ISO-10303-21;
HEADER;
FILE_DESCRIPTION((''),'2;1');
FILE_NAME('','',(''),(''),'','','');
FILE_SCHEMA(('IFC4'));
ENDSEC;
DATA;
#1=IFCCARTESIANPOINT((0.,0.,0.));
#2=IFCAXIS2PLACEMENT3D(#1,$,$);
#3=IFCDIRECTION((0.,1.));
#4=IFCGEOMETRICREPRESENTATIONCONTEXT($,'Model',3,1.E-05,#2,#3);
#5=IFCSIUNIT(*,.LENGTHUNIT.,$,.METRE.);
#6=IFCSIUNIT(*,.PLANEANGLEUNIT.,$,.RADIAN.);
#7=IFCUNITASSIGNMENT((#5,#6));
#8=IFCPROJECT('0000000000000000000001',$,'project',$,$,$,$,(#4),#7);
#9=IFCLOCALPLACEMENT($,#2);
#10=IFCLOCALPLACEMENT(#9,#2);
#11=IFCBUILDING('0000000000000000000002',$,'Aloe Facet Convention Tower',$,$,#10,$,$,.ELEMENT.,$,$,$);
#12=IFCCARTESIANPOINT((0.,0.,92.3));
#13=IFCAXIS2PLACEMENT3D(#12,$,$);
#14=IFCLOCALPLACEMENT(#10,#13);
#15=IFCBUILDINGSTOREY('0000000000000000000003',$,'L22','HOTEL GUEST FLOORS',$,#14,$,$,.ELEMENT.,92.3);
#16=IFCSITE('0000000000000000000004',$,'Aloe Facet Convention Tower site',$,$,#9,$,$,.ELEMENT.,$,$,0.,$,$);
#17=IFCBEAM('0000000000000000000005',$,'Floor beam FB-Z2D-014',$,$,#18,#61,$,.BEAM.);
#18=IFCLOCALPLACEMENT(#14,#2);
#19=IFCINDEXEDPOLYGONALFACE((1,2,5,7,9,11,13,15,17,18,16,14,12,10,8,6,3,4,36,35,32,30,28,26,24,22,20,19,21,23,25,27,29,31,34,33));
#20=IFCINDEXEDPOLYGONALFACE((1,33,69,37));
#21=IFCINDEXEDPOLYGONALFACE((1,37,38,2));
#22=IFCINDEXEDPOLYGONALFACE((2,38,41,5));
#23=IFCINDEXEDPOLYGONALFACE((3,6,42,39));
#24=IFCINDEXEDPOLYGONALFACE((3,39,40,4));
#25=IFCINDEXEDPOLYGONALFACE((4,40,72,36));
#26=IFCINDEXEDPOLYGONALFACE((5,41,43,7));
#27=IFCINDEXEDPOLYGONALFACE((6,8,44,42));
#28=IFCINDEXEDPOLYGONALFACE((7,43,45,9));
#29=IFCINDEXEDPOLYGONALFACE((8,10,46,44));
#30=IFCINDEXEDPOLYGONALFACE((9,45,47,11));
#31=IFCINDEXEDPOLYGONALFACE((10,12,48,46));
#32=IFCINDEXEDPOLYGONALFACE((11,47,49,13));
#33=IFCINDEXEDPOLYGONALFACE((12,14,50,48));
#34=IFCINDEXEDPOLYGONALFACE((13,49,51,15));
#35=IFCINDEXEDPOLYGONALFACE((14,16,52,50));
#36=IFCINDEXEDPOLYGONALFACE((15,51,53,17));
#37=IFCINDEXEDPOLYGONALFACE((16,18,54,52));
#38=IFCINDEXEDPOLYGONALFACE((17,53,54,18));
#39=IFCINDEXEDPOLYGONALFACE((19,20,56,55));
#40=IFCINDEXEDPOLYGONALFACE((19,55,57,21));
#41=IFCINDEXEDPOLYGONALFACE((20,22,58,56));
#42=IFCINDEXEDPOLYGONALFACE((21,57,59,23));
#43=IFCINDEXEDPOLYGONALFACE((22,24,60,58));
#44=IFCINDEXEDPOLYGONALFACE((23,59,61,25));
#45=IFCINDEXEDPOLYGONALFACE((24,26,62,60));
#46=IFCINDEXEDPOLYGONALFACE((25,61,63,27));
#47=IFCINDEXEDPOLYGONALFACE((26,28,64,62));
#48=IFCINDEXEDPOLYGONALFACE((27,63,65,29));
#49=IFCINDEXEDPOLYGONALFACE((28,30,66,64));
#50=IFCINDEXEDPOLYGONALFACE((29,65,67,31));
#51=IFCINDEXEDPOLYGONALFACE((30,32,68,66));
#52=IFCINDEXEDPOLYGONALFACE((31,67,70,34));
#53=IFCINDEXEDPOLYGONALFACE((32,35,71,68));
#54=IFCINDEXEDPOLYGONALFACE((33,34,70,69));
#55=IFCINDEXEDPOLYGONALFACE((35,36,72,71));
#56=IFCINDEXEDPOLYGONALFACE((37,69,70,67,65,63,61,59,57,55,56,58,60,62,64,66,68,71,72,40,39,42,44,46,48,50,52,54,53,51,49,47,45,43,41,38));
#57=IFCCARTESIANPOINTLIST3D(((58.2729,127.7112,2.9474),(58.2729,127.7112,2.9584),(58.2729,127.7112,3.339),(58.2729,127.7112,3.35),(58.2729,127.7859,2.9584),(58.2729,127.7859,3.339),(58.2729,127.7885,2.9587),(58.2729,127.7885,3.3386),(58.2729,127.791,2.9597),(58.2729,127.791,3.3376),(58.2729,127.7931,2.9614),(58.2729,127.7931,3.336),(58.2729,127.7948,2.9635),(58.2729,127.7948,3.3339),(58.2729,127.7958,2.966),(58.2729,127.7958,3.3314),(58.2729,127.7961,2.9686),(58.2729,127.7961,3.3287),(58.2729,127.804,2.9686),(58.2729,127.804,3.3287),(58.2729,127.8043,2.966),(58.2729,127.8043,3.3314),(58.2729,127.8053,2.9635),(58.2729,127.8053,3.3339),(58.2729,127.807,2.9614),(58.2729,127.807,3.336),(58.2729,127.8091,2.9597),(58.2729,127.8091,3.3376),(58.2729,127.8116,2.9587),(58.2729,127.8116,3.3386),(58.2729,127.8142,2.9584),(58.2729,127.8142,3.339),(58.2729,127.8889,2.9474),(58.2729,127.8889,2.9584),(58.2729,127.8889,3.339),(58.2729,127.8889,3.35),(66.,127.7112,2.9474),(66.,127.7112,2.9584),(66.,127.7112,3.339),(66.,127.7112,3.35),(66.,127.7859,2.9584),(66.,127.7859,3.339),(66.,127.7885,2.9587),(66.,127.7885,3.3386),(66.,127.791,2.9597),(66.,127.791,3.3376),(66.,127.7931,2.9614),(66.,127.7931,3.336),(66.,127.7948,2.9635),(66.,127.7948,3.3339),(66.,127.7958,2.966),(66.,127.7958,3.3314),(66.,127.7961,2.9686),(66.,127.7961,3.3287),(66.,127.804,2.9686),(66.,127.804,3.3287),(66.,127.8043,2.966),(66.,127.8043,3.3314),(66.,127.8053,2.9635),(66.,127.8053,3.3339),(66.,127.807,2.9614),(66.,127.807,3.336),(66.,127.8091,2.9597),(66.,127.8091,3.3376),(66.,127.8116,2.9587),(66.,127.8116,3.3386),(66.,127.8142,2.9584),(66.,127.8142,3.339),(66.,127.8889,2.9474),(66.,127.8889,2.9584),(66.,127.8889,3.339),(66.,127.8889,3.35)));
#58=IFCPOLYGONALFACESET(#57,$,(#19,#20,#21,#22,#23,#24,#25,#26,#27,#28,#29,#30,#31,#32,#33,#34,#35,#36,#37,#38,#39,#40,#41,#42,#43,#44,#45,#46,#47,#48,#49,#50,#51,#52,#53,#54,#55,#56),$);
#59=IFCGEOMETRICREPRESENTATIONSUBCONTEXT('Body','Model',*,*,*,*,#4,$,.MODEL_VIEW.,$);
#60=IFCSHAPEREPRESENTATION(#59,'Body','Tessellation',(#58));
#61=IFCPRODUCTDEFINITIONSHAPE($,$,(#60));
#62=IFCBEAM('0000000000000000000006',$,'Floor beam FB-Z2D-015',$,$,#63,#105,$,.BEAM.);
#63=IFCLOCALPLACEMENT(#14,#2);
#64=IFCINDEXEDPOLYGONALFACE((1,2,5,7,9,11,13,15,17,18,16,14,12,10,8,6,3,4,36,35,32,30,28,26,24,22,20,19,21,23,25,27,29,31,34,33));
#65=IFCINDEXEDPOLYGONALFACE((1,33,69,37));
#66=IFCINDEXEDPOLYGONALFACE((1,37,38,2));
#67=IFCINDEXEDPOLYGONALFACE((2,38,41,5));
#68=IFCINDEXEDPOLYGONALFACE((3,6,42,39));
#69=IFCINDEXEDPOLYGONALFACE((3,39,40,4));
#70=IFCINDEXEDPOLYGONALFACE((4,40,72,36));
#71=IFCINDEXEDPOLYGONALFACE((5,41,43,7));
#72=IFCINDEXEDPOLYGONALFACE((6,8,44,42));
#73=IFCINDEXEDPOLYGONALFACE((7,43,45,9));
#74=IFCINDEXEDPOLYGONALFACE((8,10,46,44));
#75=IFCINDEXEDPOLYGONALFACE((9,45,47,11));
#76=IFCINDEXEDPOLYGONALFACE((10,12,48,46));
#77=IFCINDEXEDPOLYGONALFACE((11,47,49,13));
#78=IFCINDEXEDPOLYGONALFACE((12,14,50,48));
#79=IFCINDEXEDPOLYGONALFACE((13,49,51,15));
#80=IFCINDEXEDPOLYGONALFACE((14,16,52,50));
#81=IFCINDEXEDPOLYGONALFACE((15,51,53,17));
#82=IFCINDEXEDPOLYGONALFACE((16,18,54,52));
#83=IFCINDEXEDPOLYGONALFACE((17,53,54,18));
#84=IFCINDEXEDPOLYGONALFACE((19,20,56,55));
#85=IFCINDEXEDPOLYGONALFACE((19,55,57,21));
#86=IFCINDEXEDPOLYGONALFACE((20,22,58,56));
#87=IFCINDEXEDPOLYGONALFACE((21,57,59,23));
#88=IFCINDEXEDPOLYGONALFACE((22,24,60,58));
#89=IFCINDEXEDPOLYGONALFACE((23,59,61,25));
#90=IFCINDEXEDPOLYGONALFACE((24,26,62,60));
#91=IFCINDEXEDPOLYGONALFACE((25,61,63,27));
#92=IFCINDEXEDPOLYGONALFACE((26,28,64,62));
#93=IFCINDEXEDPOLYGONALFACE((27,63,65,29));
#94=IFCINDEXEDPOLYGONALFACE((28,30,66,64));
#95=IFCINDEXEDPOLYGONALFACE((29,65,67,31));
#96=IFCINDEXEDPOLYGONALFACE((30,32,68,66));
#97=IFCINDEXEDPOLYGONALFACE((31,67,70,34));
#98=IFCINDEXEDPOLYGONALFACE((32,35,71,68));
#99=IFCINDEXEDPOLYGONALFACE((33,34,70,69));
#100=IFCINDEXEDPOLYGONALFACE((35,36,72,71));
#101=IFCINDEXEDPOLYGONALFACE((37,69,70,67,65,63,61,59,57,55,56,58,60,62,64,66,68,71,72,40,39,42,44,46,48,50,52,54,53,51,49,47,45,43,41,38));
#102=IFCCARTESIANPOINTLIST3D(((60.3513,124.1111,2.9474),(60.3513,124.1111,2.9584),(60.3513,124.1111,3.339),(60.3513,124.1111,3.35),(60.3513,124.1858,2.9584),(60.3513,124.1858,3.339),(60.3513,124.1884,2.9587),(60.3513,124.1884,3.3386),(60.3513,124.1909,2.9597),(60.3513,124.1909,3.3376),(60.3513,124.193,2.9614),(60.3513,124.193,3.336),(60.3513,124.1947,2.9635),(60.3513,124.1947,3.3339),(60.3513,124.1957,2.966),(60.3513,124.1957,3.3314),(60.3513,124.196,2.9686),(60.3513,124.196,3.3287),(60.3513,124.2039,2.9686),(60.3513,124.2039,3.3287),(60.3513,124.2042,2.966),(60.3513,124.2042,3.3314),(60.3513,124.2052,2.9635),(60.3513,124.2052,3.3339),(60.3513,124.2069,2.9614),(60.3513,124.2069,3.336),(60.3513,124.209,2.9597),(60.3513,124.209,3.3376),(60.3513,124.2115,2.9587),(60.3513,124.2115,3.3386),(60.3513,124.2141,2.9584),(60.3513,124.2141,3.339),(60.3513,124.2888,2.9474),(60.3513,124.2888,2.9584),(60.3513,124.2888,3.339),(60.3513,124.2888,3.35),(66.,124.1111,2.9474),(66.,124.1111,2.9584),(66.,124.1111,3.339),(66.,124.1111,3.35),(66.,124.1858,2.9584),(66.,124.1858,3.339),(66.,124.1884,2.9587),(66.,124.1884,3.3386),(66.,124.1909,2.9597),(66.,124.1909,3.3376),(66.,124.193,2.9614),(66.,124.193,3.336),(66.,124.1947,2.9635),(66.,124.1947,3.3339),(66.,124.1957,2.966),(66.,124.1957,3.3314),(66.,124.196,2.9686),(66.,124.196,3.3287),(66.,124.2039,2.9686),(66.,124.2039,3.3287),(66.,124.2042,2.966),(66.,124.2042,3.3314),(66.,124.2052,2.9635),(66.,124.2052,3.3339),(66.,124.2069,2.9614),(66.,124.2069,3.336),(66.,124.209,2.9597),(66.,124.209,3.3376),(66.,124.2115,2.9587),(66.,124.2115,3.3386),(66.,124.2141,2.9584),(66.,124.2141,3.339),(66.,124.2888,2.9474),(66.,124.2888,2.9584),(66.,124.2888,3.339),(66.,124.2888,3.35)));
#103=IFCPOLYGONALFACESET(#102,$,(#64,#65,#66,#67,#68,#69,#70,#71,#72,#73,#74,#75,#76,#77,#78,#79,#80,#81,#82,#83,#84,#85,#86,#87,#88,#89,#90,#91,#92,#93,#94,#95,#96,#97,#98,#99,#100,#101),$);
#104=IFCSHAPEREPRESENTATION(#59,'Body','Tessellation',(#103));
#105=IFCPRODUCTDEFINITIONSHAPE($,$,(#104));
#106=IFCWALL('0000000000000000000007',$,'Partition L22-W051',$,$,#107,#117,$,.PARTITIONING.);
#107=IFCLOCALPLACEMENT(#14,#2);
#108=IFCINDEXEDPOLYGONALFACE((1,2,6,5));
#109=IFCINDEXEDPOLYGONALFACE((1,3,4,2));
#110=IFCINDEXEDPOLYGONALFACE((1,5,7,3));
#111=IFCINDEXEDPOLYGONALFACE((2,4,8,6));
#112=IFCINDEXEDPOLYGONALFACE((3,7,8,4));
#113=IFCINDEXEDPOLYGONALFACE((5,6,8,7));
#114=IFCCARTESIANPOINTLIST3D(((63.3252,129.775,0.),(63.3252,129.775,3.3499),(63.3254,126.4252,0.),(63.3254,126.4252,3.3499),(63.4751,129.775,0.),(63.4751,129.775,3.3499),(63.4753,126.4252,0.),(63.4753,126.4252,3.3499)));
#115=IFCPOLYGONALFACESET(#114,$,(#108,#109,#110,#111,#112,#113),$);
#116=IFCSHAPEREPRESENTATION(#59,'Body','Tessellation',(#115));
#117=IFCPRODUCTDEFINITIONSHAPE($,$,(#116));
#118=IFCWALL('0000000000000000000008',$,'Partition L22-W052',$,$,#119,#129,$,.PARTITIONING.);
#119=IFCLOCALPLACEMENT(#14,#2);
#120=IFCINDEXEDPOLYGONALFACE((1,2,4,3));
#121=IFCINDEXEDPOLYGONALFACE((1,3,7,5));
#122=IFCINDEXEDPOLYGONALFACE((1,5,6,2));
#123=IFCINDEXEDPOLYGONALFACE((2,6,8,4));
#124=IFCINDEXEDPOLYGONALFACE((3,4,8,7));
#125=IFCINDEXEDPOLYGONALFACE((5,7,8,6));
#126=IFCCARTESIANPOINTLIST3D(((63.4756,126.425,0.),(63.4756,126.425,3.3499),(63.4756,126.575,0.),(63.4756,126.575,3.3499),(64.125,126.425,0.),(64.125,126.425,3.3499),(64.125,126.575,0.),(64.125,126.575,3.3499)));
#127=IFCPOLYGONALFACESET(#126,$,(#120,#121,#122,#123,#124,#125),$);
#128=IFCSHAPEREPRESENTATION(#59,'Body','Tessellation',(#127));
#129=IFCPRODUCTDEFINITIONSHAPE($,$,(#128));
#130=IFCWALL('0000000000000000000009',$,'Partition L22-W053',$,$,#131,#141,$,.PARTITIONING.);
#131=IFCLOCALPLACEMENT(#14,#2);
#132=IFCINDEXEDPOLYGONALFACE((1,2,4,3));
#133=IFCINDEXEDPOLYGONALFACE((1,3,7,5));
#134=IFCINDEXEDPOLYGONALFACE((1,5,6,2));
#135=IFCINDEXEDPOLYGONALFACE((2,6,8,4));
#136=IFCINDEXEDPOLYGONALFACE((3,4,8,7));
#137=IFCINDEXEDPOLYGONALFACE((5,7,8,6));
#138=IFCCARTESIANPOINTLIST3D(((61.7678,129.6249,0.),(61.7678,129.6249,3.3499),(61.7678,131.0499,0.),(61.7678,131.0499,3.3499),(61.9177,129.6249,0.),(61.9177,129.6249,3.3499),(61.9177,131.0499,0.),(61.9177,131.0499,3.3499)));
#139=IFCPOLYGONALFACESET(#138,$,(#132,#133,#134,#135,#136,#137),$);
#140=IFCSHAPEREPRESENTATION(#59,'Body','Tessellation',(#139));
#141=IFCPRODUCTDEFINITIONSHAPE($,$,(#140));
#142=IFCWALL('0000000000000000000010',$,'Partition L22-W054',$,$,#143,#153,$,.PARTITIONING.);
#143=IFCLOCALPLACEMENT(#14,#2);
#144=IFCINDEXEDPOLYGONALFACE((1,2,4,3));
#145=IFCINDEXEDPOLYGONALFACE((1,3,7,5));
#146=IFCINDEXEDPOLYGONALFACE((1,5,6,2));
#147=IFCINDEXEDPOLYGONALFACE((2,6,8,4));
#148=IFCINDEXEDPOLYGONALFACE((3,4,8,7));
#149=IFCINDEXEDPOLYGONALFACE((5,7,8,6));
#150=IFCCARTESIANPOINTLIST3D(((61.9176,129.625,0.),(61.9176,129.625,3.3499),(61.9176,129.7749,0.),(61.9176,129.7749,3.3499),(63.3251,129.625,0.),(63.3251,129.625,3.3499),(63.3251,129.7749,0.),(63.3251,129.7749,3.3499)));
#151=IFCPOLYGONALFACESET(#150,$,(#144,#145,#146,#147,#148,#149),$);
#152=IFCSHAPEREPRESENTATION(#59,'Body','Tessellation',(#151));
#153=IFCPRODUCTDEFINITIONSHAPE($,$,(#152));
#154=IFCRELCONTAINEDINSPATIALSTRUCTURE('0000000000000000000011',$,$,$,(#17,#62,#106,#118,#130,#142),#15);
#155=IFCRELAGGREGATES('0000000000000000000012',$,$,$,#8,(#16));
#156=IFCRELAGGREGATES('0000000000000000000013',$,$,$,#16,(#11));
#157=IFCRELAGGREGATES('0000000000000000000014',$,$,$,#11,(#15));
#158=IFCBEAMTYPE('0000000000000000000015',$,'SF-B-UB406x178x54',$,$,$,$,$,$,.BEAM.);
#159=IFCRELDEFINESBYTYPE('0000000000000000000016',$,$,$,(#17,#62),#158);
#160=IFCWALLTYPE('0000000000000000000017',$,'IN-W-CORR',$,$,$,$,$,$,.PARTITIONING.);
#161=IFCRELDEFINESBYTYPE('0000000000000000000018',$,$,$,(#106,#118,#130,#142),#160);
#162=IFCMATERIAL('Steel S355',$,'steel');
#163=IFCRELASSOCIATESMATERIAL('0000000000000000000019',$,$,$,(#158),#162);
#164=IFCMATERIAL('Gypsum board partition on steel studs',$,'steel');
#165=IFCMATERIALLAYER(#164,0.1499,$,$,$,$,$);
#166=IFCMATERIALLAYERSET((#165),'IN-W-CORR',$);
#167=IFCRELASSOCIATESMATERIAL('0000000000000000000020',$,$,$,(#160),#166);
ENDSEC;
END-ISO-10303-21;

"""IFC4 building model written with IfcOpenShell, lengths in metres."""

from ifc_helpers import new_model, si_unit, direction, frame, frame_2d, origin, origin_2d, place, context, subcontext, project, spatial, rectangle, i_section, extrude, material, layer, layer_set, material_profile, profile_set, type_object, element, save


model = new_model("IFC4")

# Units and contexts
model_context = context("Model", 3, precision=1e-05, world=origin(), true_north=direction((0.0, 1.0)))
body_context = subcontext(model_context, "Body", "Model", "MODEL_VIEW")
ifc_project = project(units=[si_unit("LENGTHUNIT", "METRE"), si_unit("PLANEANGLEUNIT", "RADIAN")], contexts=[model_context])

# Site, building, storey
site_placement = place(None, origin())
site = spatial("IfcSite", under=ifc_project, at=site_placement, Name="Aloe Facet Convention Tower site", CompositionType="ELEMENT", RefElevation=0.0)
building_placement = place(site_placement, origin())
building = spatial("IfcBuilding", under=site, at=building_placement, Name="Aloe Facet Convention Tower", CompositionType="ELEMENT")
storey_placement = place(building_placement, frame((0.0, 0.0, 92.3)))
storey = spatial("IfcBuildingStorey", under=building, at=storey_placement, Name="L22", Description="HOTEL GUEST FLOORS", CompositionType="ELEMENT", Elevation=92.3)

# Beams
ifc_material_1 = material(Name="Steel S355", Category="steel")
ifc_material_profile = material_profile(ifc_material_1, i_section(OverallWidth=0.1777, OverallDepth=0.4026, WebThickness=0.0078, FlangeThickness=0.011, FilletRadius=0.0103, at=origin_2d()), Name="UB 406x178x54")
ifc_profile_set = profile_set([ifc_material_profile], Name="Steel S355")
beam_type = type_object("IfcBeamType", Name="SF-B-UB406x178x54", PredefinedType="BEAM", material=ifc_profile_set)
beam_1_placement = place(storey_placement, frame((58.2729, 127.8, 3.1487), z_axis=(1.0, 0.0, 0.0), x_axis=(0.0, 1.0, 0.0)))
element("IfcBeam", 1, at=beam_1_placement, inside=storey, type_object=beam_type, Name="Floor beam FB-Z2D-014", PredefinedType="BEAM", context=body_context, shape_type="SweptSolid", body=[
    extrude(i_section(OverallWidth=0.1777, OverallDepth=0.4026, WebThickness=0.0078, FlangeThickness=0.011, FilletRadius=0.0103, at=origin_2d()), origin(), (0.0, 0.0, 1.0), 7.7271),
])
beam_2_placement = place(storey_placement, frame((60.3513, 124.2, 3.1487), z_axis=(1.0, 0.0, 0.0), x_axis=(0.0, 1.0, 0.0)))
element("IfcBeam", 2, at=beam_2_placement, inside=storey, type_object=beam_type, Name="Floor beam FB-Z2D-015", PredefinedType="BEAM", context=body_context, shape_type="SweptSolid", body=[
    extrude(i_section(OverallWidth=0.1777, OverallDepth=0.4026, WebThickness=0.0078, FlangeThickness=0.011, FilletRadius=0.0103, at=origin_2d()), origin(), (0.0, 0.0, 1.0), 5.6487),
])

# Walls
ifc_material_2 = material(Name="Gypsum board partition on steel studs", Category="steel")
ifc_layer = layer(ifc_material_2, 0.1499)
ifc_layer_set = layer_set([ifc_layer], Name="IN-W-CORR")
wall_type = type_object("IfcWallType", Name="IN-W-CORR", PredefinedType="PARTITIONING", material=ifc_layer_set)
wall_1_placement = place(storey_placement, frame((63.4001, 129.7749, 0.0), z_axis=(0.0, 0.0, 1.0), x_axis=(0.000073, -1.0, 0.0)))
element("IfcWall", 3, at=wall_1_placement, inside=storey, type_object=wall_type, Name="Partition L22-W051", PredefinedType="PARTITIONING", context=body_context, shape_type="SweptSolid", body=[
    extrude(rectangle(XDim=3.3499, YDim=0.1499, at=frame_2d((1.6748, 0.0))), origin(), (0.0, 0.0, 1.0), 3.3499),
])
wall_2_placement = place(storey_placement, frame((63.4756, 126.5, 0.0), z_axis=(0.0, 0.0, 1.0), x_axis=(1.0, 0.0, 0.0)))
element("IfcWall", 4, at=wall_2_placement, inside=storey, type_object=wall_type, Name="Partition L22-W052", PredefinedType="PARTITIONING", context=body_context, shape_type="SweptSolid", body=[
    extrude(rectangle(XDim=0.6494, YDim=0.1499, at=frame_2d((0.3247, 0.0))), origin(), (0.0, 0.0, 1.0), 3.3499),
])
wall_3_placement = place(storey_placement, frame((61.8428, 129.625, 0.0), z_axis=(0.0, 0.0, 1.0), x_axis=(0.0, 1.0, 0.0)))
element("IfcWall", 5, at=wall_3_placement, inside=storey, type_object=wall_type, Name="Partition L22-W053", PredefinedType="PARTITIONING", context=body_context, shape_type="SweptSolid", body=[
    extrude(rectangle(XDim=1.425, YDim=0.1499, at=frame_2d((0.7124, 0.0))), origin(), (0.0, 0.0, 1.0), 3.3499),
])
wall_4_placement = place(storey_placement, frame((61.9177, 129.7, 0.0), z_axis=(0.0, 0.0, 1.0), x_axis=(1.0, 0.0, 0.0)))
element("IfcWall", 6, at=wall_4_placement, inside=storey, type_object=wall_type, Name="Partition L22-W054", PredefinedType="PARTITIONING", context=body_context, shape_type="SweptSolid", body=[
    extrude(rectangle(XDim=1.4075, YDim=0.1499, at=frame_2d((0.7036, 0.0))), origin(), (0.0, 0.0, 1.0), 3.3499),
])

save(model, "model.ifc")
